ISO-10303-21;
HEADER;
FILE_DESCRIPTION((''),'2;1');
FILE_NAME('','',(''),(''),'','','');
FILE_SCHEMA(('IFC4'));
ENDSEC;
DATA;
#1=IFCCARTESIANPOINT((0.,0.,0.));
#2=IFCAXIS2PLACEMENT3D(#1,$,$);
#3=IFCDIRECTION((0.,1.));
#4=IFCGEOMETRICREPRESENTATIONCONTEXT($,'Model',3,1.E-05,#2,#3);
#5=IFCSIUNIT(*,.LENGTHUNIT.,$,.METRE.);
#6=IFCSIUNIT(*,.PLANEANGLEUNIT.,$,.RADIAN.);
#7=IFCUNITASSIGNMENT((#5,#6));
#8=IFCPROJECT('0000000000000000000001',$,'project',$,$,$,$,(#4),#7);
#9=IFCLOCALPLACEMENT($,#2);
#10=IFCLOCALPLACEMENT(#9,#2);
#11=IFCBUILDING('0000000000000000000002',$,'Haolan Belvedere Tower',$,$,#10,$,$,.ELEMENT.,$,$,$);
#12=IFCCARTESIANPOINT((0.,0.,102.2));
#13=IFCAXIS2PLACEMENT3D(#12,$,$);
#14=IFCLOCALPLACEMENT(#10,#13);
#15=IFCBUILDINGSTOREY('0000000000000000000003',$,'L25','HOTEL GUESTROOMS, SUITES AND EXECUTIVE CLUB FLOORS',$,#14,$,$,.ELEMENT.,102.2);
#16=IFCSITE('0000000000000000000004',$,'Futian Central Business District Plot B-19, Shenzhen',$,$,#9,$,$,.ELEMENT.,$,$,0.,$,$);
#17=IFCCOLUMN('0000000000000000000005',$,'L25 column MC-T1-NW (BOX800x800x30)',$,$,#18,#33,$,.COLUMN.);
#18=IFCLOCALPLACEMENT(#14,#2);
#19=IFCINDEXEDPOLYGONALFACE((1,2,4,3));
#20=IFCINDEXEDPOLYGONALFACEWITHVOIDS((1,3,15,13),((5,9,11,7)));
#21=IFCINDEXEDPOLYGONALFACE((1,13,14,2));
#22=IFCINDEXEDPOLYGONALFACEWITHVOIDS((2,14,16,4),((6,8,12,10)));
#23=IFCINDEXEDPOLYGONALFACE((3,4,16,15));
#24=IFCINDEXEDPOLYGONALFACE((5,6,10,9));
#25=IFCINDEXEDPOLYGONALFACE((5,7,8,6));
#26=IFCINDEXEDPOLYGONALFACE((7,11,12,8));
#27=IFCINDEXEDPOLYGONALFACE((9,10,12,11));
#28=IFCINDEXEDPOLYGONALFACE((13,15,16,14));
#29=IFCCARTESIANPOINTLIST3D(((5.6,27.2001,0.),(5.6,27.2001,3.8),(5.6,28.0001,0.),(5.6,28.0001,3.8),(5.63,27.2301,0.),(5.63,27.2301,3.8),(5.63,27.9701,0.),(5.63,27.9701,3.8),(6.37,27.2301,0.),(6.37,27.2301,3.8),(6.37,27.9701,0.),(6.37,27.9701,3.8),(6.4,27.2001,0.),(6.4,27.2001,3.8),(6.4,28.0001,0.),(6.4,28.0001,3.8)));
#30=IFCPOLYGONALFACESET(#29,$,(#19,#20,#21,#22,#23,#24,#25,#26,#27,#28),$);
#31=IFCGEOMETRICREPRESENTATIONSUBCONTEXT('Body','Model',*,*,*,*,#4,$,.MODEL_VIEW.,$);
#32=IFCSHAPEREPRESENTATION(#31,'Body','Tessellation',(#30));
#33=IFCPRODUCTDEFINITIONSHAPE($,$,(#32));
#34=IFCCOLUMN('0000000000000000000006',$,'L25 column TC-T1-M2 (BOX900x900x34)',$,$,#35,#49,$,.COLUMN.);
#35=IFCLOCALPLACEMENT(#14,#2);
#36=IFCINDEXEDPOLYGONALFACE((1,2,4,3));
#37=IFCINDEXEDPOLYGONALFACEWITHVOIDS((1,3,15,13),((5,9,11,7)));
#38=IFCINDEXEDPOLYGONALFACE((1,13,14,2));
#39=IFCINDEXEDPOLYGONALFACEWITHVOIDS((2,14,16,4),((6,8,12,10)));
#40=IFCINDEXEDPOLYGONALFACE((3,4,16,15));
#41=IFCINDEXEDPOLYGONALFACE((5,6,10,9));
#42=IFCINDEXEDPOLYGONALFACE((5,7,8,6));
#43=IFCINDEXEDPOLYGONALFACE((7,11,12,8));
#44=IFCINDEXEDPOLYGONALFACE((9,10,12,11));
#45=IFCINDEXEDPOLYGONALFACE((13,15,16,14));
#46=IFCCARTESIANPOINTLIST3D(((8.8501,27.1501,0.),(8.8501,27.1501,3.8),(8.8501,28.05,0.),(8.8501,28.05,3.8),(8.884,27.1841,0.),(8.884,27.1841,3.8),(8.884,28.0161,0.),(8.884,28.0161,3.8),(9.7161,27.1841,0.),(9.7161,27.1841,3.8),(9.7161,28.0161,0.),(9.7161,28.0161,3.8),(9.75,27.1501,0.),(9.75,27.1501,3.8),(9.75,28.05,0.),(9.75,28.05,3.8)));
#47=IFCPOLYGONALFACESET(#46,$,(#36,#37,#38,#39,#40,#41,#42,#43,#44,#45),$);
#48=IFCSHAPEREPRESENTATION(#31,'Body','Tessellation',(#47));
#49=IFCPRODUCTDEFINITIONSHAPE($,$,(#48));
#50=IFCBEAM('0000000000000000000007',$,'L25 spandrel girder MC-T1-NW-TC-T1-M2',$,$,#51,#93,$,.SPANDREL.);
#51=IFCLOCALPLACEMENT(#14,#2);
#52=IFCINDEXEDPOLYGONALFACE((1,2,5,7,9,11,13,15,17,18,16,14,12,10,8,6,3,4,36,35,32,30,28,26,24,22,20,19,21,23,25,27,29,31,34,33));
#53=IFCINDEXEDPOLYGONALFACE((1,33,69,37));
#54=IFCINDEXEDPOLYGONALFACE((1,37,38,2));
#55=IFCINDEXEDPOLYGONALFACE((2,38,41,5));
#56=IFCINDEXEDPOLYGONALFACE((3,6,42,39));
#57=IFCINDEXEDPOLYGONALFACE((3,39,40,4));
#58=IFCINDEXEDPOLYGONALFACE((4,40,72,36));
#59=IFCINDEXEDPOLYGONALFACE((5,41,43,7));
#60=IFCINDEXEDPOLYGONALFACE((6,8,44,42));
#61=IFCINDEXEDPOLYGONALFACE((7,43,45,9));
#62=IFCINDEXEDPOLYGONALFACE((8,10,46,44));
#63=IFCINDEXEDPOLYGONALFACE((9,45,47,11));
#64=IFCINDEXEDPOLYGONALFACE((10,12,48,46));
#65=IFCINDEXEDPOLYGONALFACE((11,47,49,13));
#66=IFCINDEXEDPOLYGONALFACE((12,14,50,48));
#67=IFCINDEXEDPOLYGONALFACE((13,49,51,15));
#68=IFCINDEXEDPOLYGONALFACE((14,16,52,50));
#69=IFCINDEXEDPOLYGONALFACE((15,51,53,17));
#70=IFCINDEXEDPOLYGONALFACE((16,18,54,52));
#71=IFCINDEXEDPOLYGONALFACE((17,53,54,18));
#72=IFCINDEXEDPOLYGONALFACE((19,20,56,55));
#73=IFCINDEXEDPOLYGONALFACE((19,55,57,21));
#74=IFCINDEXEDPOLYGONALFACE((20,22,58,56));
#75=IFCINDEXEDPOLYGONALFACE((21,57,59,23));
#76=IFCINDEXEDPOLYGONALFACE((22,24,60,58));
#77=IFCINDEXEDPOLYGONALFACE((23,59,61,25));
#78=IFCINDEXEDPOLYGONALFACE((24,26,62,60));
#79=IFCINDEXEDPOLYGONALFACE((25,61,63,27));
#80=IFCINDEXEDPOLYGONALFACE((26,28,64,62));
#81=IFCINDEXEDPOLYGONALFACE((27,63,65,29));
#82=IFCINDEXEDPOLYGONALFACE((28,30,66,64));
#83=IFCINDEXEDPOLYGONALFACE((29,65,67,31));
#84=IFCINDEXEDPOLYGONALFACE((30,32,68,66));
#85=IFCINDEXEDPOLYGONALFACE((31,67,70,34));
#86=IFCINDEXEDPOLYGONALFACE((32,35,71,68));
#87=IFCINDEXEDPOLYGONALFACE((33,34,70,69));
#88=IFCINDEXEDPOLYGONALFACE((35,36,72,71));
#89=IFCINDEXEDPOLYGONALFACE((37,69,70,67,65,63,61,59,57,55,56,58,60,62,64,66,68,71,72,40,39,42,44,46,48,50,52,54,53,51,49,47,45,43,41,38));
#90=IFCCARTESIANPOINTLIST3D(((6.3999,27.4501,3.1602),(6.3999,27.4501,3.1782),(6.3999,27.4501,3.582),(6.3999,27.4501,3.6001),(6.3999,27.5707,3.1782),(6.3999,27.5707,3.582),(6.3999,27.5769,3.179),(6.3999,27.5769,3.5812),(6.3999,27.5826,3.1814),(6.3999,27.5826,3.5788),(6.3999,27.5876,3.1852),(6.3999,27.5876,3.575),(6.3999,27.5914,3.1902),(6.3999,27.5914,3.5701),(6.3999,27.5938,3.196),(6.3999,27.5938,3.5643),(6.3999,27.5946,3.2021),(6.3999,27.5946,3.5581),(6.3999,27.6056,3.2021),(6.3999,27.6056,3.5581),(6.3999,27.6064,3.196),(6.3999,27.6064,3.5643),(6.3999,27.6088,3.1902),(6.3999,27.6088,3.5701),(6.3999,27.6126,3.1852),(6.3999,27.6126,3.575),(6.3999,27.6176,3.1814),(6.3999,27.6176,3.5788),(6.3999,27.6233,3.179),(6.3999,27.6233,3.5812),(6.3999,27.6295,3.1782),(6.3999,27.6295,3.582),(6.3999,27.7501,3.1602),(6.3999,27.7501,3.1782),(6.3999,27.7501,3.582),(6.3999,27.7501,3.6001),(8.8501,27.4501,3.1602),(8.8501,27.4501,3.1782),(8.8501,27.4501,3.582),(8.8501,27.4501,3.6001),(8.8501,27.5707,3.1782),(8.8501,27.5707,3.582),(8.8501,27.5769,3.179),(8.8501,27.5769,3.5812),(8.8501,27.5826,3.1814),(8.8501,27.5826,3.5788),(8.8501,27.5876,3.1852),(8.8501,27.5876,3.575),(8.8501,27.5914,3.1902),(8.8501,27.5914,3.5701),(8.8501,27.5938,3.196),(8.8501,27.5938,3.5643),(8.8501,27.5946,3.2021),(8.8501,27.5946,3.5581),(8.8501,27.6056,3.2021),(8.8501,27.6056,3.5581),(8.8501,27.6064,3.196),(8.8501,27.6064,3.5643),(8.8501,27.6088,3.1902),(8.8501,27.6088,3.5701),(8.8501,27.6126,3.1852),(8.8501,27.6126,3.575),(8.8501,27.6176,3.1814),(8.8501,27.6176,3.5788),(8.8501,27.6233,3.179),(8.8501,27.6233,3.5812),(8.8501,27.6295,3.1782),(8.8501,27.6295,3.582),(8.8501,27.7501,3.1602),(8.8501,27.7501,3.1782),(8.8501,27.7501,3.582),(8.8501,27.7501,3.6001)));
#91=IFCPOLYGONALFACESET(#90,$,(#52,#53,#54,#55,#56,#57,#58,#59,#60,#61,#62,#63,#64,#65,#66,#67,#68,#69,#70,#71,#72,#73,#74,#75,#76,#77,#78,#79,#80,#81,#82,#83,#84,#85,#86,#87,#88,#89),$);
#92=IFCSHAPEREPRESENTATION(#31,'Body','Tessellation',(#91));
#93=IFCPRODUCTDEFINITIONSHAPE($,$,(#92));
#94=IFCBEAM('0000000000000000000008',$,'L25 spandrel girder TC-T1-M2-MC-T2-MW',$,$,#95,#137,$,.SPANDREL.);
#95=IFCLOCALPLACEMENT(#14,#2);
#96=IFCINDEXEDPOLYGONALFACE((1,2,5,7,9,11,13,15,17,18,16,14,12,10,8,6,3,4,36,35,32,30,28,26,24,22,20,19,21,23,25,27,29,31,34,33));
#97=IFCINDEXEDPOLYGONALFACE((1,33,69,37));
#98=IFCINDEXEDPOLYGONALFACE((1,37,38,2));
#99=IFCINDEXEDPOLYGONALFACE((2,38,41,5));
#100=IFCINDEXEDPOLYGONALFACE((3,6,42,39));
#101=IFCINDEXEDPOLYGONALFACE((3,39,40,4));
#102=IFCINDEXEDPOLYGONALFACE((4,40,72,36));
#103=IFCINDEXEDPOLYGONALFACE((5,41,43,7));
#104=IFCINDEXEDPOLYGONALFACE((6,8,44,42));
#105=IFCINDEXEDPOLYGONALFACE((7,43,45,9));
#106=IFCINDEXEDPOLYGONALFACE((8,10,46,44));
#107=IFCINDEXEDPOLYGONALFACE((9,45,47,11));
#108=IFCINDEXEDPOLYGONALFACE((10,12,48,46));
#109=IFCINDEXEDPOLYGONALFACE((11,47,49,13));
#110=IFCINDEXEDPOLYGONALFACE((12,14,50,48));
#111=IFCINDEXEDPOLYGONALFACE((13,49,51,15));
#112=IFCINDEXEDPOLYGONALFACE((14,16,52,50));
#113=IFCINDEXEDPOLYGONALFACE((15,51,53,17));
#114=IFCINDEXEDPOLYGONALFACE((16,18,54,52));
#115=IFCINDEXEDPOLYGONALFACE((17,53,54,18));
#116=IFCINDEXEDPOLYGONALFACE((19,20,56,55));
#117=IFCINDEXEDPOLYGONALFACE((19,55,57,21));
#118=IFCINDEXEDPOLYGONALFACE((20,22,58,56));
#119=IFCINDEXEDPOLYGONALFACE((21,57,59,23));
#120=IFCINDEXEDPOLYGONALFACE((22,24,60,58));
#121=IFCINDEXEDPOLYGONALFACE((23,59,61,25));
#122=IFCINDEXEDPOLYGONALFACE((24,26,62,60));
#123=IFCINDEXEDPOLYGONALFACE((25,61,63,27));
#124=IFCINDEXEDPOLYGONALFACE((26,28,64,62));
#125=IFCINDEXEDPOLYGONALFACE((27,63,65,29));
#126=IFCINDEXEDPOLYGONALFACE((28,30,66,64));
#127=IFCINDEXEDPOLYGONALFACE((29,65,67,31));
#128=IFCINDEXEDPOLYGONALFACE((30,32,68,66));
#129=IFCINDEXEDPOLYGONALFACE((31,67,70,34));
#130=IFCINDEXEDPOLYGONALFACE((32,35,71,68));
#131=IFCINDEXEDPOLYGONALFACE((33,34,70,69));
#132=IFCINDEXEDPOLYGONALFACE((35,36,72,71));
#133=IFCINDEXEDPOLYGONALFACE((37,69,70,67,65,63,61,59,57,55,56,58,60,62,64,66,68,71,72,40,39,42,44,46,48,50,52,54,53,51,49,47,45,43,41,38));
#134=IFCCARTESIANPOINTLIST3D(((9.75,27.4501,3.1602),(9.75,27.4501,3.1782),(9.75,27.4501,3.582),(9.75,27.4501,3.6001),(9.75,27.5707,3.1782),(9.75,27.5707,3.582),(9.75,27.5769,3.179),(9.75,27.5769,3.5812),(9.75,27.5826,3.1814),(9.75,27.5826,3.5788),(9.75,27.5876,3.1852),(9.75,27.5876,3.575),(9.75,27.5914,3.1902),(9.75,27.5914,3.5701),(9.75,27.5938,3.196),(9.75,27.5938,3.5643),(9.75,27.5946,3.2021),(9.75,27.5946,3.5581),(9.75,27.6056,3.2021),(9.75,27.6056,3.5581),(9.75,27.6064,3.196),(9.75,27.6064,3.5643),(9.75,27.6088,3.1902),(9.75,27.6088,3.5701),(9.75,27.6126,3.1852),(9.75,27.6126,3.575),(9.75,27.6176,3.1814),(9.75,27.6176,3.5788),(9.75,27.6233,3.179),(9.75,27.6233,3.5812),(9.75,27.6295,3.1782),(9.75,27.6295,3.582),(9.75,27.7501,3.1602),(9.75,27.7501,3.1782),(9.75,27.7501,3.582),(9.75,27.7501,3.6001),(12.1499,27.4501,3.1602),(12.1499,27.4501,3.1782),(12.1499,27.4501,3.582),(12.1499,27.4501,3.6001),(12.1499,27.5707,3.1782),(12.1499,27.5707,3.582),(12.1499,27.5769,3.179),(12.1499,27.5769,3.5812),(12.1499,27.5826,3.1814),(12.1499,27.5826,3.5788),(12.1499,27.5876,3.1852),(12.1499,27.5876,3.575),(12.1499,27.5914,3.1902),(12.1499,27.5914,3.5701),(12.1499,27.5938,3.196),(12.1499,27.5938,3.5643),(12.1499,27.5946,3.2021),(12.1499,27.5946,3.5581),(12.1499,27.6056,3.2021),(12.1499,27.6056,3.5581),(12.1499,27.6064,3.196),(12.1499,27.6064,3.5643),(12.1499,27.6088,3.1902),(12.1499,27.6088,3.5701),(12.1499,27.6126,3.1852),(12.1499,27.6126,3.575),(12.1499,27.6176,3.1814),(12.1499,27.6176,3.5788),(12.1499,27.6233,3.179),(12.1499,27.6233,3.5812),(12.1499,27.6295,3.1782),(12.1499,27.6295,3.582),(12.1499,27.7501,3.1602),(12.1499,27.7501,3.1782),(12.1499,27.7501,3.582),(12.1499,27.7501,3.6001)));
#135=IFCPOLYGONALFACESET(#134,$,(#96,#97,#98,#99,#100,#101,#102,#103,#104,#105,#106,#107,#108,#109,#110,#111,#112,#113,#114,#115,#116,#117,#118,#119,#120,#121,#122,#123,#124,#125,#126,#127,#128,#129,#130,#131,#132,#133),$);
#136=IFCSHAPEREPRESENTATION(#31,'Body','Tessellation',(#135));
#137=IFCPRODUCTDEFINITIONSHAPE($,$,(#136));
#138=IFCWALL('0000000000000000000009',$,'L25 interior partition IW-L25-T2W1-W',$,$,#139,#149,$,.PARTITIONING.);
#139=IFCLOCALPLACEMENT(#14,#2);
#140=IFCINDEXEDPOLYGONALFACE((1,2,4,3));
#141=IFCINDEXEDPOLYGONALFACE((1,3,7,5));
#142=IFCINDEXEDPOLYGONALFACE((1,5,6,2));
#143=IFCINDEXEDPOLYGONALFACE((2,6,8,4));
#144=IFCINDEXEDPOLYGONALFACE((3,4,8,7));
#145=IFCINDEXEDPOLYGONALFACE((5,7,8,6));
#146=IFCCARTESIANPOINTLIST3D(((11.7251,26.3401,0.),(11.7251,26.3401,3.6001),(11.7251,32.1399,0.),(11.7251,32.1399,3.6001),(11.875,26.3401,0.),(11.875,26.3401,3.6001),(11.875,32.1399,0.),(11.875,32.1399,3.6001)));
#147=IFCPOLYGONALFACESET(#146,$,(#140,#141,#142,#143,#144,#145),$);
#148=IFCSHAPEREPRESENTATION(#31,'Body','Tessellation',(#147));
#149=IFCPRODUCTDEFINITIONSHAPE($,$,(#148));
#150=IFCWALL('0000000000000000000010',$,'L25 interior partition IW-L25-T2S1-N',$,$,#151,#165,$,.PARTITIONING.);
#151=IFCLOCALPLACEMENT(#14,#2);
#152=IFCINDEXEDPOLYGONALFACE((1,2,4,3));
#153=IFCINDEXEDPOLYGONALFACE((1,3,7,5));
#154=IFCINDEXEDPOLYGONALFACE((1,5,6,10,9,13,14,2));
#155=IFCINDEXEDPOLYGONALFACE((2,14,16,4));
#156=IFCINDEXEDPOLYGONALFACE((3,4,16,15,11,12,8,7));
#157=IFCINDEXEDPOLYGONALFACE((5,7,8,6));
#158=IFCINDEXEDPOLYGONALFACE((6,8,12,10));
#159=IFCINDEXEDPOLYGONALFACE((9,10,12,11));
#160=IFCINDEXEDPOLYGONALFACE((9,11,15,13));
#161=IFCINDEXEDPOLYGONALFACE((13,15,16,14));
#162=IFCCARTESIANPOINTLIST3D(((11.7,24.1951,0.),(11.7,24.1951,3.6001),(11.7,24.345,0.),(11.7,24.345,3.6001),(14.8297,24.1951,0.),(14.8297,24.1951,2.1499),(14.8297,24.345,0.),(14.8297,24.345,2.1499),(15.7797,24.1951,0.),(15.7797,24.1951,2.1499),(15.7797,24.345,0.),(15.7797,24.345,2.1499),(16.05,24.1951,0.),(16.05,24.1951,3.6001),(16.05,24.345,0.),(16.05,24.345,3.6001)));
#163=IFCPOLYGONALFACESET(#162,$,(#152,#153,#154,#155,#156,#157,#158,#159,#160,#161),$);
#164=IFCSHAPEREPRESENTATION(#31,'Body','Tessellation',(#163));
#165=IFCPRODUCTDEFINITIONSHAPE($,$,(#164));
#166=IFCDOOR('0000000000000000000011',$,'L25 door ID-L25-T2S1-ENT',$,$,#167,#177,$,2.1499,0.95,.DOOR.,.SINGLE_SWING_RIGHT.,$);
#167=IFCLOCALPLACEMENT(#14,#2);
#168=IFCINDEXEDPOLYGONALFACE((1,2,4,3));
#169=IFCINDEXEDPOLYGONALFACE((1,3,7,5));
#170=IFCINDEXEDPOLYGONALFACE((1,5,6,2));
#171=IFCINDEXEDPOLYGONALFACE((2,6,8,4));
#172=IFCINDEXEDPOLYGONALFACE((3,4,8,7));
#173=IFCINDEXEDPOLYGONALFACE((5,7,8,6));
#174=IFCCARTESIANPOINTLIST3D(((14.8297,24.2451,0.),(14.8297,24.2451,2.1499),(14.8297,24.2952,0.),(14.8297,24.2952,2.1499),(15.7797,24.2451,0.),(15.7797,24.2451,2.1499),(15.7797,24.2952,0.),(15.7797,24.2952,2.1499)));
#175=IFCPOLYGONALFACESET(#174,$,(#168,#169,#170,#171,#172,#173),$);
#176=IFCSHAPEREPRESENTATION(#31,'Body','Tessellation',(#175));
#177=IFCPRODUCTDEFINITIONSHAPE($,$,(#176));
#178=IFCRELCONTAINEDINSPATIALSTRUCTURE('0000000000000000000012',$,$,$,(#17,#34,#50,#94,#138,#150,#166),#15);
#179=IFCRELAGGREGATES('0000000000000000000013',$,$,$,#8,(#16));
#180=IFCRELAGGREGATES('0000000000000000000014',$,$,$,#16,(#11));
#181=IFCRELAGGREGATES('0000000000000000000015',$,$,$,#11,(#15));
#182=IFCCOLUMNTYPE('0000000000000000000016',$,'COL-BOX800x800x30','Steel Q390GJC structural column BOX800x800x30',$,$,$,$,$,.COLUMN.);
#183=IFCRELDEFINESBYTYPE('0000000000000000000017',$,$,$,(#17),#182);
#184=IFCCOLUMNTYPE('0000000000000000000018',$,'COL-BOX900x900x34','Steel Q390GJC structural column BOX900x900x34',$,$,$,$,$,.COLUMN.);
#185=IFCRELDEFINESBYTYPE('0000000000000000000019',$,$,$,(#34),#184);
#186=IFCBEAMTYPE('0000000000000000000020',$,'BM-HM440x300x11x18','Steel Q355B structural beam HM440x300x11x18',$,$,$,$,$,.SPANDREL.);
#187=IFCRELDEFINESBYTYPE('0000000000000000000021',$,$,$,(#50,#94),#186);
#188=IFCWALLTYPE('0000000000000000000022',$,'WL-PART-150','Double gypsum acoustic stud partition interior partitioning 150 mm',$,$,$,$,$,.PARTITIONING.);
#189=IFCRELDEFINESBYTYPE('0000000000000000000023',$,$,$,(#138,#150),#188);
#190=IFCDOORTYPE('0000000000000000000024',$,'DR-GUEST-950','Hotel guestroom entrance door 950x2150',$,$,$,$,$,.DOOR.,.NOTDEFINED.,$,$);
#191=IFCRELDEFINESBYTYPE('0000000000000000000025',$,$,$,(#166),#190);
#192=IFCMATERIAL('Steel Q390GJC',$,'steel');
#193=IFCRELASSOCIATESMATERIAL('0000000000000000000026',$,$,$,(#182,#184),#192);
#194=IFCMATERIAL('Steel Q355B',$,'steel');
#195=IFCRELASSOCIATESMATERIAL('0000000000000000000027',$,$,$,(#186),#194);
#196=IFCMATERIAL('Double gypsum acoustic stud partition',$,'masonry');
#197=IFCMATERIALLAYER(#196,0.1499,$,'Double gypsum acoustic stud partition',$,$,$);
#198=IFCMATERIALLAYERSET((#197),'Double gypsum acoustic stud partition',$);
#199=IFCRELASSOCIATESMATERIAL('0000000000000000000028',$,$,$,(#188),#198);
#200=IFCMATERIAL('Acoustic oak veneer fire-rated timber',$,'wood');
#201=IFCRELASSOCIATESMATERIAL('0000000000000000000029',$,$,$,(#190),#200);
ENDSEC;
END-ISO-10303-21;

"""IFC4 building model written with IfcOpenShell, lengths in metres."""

from ifc_helpers import new_model, si_unit, direction, frame, frame_2d, origin, origin_2d, place, context, subcontext, project, spatial, rectangle, hollow_rectangle, i_section, extrude, material, layer, layer_set, material_profile, profile_set, type_object, element, fill, save


model = new_model("IFC4")

# Units and contexts
model_context = context("Model", 3, precision=1e-05, world=origin(), true_north=direction((0.0, 1.0)))
body_context = subcontext(model_context, "Body", "Model", "MODEL_VIEW")
ifc_project = project(units=[si_unit("LENGTHUNIT", "METRE"), si_unit("PLANEANGLEUNIT", "RADIAN")], contexts=[model_context])

# Site, building, storey
site_placement = place(None, origin())
site = spatial("IfcSite", under=ifc_project, at=site_placement, Name="Futian Central Business District Plot B-19, Shenzhen", CompositionType="ELEMENT", RefElevation=0.0)
building_placement = place(site_placement, origin())
building = spatial("IfcBuilding", under=site, at=building_placement, Name="Haolan Belvedere Tower", CompositionType="ELEMENT")
storey_placement = place(building_placement, frame((0.0, 0.0, 102.2)))
storey = spatial("IfcBuildingStorey", under=building, at=storey_placement, Name="L25", Description="HOTEL GUESTROOMS, SUITES AND EXECUTIVE CLUB FLOORS", CompositionType="ELEMENT", Elevation=102.2)

# Columns
ifc_material_1 = material(Name="Steel Q390GJC", Category="steel")
ifc_material_profile_1 = material_profile(ifc_material_1, hollow_rectangle(XDim=0.8, YDim=0.8, WallThickness=0.03, at=origin_2d()), Name="Steel Q390GJC")
ifc_profile_set_1 = profile_set([ifc_material_profile_1], Name="Steel Q390GJC")
column_type_1 = type_object("IfcColumnType", Name="COL-BOX800x800x30", Description="Steel Q390GJC structural column BOX800x800x30", PredefinedType="COLUMN", material=ifc_profile_set_1)
column_1_placement = place(storey_placement, frame((6.0, 27.6001, 0.0), z_axis=(0.0, 0.0, 1.0), x_axis=(1.0, 0.0, 0.0)))
element("IfcColumn", 1, at=column_1_placement, inside=storey, type_object=column_type_1, Name="L25 column MC-T1-NW (BOX800x800x30)", PredefinedType="COLUMN", context=body_context, shape_type="SweptSolid", body=[
    extrude(hollow_rectangle(XDim=0.8, YDim=0.8, WallThickness=0.03, at=origin_2d()), origin(), (0.0, 0.0, 1.0), 3.8),
])
ifc_material_profile_2 = material_profile(ifc_material_1, hollow_rectangle(XDim=0.8999, YDim=0.8999, WallThickness=0.0339, at=origin_2d()), Name="Steel Q390GJC")
ifc_profile_set_2 = profile_set([ifc_material_profile_2], Name="Steel Q390GJC")
column_type_2 = type_object("IfcColumnType", Name="COL-BOX900x900x34", Description="Steel Q390GJC structural column BOX900x900x34", PredefinedType="COLUMN", material=ifc_profile_set_2)
column_2_placement = place(storey_placement, frame((9.3, 27.6001, 0.0), z_axis=(0.0, 0.0, 1.0), x_axis=(1.0, 0.0, 0.0)))
element("IfcColumn", 2, at=column_2_placement, inside=storey, type_object=column_type_2, Name="L25 column TC-T1-M2 (BOX900x900x34)", PredefinedType="COLUMN", context=body_context, shape_type="SweptSolid", body=[
    extrude(hollow_rectangle(XDim=0.8999, YDim=0.8999, WallThickness=0.0339, at=origin_2d()), origin(), (0.0, 0.0, 1.0), 3.8),
])

# Beams
ifc_material_2 = material(Name="Steel Q355B", Category="steel")
ifc_material_profile_3 = material_profile(ifc_material_2, i_section(OverallWidth=0.3, OverallDepth=0.4399, WebThickness=0.011, FlangeThickness=0.0181, FilletRadius=0.0239, at=origin_2d()), Name="Steel Q355B")
ifc_profile_set_3 = profile_set([ifc_material_profile_3], Name="Steel Q355B")
beam_type = type_object("IfcBeamType", Name="BM-HM440x300x11x18", Description="Steel Q355B structural beam HM440x300x11x18", PredefinedType="SPANDREL", material=ifc_profile_set_3)
beam_1_placement = place(storey_placement, frame((6.3999, 27.6001, 3.3801), z_axis=(1.0, 0.0, 0.0), x_axis=(0.0, 1.0, 0.0)))
element("IfcBeam", 3, at=beam_1_placement, inside=storey, type_object=beam_type, Name="L25 spandrel girder MC-T1-NW-TC-T1-M2", PredefinedType="SPANDREL", context=body_context, shape_type="SweptSolid", body=[
    extrude(i_section(OverallWidth=0.3, OverallDepth=0.4399, WebThickness=0.011, FlangeThickness=0.0181, FilletRadius=0.0239, at=origin_2d()), origin(), (0.0, 0.0, 1.0), 2.4502),
])
beam_2_placement = place(storey_placement, frame((9.75, 27.6001, 3.3801), z_axis=(1.0, 0.0, 0.0), x_axis=(0.0, 1.0, 0.0)))
element("IfcBeam", 4, at=beam_2_placement, inside=storey, type_object=beam_type, Name="L25 spandrel girder TC-T1-M2-MC-T2-MW", PredefinedType="SPANDREL", context=body_context, shape_type="SweptSolid", body=[
    extrude(i_section(OverallWidth=0.3, OverallDepth=0.4399, WebThickness=0.011, FlangeThickness=0.0181, FilletRadius=0.0239, at=origin_2d()), origin(), (0.0, 0.0, 1.0), 2.3999),
])

# Wall
ifc_material_3 = material(Name="Double gypsum acoustic stud partition", Category="masonry")
ifc_layer_1 = layer(ifc_material_3, 0.1499, Name="Double gypsum acoustic stud partition")
ifc_layer_set_1 = layer_set([ifc_layer_1], Name="Double gypsum acoustic stud partition")
wall_type_1 = type_object("IfcWallType", Name="WL-PART-150", Description="Double gypsum acoustic stud partition interior partitioning 150 mm", PredefinedType="PARTITIONING", material=ifc_layer_set_1)
wall_1_placement = place(storey_placement, frame((11.8, 26.3401, 0.0), z_axis=(0.0, 0.0, 1.0), x_axis=(0.0, 1.0, 0.0)))
element("IfcWall", 5, at=wall_1_placement, inside=storey, type_object=wall_type_1, Name="L25 interior partition IW-L25-T2W1-W", PredefinedType="PARTITIONING", context=body_context, shape_type="SweptSolid", body=[
    extrude(rectangle(XDim=5.7998, YDim=0.1499, at=frame_2d((2.8999, 0.0))), origin(), (0.0, 0.0, 1.0), 3.6001),
])

# Wall, opening, door
wall_2_placement = place(storey_placement, frame((11.7, 24.27, 0.0), z_axis=(0.0, 0.0, 1.0), x_axis=(1.0, 0.0, 0.0)))
wall_2 = element("IfcWall", 6, at=wall_2_placement, inside=storey, type_object=wall_type_1, Name="L25 interior partition IW-L25-T2S1-N", PredefinedType="PARTITIONING", context=body_context, shape_type="SweptSolid", body=[
    extrude(rectangle(XDim=4.3501, YDim=0.1499, at=frame_2d((2.175, 0.0))), origin(), (0.0, 0.0, 1.0), 3.6001),
])
opening_1_placement = place(wall_2_placement, frame((4.0798, 0.0, 0.0), z_axis=(0.0, 0.0, 1.0), x_axis=(-1.0, 0.0, 0.0)))
opening_1 = element("IfcOpeningElement", 7, at=opening_1_placement, cuts=wall_2, PredefinedType="OPENING", context=body_context, shape_type="SweptSolid", body=[
    extrude(rectangle(XDim=0.95, YDim=2.1499, at=frame_2d((0.4751, 1.075))), frame((0.0, 0.085, 0.0), z_axis=(0.0, -1.0, 0.0), x_axis=(1.0, 0.0, 0.0)), (0.0, 0.0, 1.0), 0.1699),
])
ifc_material_4 = material(Name="Acoustic oak veneer fire-rated timber", Category="wood")
door_type_1 = type_object("IfcDoorType", Name="DR-GUEST-950", Description="Hotel guestroom entrance door 950x2150", OperationType="NOTDEFINED", PredefinedType="DOOR", material=ifc_material_4)
door_1_placement = place(opening_1_placement, origin())
door_1 = element("IfcDoor", 8, at=door_1_placement, inside=storey, type_object=door_type_1, Name="L25 door ID-L25-T2S1-ENT", OperationType="SINGLE_SWING_RIGHT", OverallHeight=2.1499, OverallWidth=0.95, PredefinedType="DOOR", context=body_context, shape_type="SweptSolid", body=[
    extrude(rectangle(XDim=0.95, YDim=2.1499, at=frame_2d((0.4751, 1.075))), frame((0.0, 0.0249, 0.0), z_axis=(0.0, -1.0, 0.0), x_axis=(1.0, 0.0, 0.0)), (0.0, 0.0, 1.0), 0.05),
])
fill(opening_1, door_1)

save(model, "model.ifc")
